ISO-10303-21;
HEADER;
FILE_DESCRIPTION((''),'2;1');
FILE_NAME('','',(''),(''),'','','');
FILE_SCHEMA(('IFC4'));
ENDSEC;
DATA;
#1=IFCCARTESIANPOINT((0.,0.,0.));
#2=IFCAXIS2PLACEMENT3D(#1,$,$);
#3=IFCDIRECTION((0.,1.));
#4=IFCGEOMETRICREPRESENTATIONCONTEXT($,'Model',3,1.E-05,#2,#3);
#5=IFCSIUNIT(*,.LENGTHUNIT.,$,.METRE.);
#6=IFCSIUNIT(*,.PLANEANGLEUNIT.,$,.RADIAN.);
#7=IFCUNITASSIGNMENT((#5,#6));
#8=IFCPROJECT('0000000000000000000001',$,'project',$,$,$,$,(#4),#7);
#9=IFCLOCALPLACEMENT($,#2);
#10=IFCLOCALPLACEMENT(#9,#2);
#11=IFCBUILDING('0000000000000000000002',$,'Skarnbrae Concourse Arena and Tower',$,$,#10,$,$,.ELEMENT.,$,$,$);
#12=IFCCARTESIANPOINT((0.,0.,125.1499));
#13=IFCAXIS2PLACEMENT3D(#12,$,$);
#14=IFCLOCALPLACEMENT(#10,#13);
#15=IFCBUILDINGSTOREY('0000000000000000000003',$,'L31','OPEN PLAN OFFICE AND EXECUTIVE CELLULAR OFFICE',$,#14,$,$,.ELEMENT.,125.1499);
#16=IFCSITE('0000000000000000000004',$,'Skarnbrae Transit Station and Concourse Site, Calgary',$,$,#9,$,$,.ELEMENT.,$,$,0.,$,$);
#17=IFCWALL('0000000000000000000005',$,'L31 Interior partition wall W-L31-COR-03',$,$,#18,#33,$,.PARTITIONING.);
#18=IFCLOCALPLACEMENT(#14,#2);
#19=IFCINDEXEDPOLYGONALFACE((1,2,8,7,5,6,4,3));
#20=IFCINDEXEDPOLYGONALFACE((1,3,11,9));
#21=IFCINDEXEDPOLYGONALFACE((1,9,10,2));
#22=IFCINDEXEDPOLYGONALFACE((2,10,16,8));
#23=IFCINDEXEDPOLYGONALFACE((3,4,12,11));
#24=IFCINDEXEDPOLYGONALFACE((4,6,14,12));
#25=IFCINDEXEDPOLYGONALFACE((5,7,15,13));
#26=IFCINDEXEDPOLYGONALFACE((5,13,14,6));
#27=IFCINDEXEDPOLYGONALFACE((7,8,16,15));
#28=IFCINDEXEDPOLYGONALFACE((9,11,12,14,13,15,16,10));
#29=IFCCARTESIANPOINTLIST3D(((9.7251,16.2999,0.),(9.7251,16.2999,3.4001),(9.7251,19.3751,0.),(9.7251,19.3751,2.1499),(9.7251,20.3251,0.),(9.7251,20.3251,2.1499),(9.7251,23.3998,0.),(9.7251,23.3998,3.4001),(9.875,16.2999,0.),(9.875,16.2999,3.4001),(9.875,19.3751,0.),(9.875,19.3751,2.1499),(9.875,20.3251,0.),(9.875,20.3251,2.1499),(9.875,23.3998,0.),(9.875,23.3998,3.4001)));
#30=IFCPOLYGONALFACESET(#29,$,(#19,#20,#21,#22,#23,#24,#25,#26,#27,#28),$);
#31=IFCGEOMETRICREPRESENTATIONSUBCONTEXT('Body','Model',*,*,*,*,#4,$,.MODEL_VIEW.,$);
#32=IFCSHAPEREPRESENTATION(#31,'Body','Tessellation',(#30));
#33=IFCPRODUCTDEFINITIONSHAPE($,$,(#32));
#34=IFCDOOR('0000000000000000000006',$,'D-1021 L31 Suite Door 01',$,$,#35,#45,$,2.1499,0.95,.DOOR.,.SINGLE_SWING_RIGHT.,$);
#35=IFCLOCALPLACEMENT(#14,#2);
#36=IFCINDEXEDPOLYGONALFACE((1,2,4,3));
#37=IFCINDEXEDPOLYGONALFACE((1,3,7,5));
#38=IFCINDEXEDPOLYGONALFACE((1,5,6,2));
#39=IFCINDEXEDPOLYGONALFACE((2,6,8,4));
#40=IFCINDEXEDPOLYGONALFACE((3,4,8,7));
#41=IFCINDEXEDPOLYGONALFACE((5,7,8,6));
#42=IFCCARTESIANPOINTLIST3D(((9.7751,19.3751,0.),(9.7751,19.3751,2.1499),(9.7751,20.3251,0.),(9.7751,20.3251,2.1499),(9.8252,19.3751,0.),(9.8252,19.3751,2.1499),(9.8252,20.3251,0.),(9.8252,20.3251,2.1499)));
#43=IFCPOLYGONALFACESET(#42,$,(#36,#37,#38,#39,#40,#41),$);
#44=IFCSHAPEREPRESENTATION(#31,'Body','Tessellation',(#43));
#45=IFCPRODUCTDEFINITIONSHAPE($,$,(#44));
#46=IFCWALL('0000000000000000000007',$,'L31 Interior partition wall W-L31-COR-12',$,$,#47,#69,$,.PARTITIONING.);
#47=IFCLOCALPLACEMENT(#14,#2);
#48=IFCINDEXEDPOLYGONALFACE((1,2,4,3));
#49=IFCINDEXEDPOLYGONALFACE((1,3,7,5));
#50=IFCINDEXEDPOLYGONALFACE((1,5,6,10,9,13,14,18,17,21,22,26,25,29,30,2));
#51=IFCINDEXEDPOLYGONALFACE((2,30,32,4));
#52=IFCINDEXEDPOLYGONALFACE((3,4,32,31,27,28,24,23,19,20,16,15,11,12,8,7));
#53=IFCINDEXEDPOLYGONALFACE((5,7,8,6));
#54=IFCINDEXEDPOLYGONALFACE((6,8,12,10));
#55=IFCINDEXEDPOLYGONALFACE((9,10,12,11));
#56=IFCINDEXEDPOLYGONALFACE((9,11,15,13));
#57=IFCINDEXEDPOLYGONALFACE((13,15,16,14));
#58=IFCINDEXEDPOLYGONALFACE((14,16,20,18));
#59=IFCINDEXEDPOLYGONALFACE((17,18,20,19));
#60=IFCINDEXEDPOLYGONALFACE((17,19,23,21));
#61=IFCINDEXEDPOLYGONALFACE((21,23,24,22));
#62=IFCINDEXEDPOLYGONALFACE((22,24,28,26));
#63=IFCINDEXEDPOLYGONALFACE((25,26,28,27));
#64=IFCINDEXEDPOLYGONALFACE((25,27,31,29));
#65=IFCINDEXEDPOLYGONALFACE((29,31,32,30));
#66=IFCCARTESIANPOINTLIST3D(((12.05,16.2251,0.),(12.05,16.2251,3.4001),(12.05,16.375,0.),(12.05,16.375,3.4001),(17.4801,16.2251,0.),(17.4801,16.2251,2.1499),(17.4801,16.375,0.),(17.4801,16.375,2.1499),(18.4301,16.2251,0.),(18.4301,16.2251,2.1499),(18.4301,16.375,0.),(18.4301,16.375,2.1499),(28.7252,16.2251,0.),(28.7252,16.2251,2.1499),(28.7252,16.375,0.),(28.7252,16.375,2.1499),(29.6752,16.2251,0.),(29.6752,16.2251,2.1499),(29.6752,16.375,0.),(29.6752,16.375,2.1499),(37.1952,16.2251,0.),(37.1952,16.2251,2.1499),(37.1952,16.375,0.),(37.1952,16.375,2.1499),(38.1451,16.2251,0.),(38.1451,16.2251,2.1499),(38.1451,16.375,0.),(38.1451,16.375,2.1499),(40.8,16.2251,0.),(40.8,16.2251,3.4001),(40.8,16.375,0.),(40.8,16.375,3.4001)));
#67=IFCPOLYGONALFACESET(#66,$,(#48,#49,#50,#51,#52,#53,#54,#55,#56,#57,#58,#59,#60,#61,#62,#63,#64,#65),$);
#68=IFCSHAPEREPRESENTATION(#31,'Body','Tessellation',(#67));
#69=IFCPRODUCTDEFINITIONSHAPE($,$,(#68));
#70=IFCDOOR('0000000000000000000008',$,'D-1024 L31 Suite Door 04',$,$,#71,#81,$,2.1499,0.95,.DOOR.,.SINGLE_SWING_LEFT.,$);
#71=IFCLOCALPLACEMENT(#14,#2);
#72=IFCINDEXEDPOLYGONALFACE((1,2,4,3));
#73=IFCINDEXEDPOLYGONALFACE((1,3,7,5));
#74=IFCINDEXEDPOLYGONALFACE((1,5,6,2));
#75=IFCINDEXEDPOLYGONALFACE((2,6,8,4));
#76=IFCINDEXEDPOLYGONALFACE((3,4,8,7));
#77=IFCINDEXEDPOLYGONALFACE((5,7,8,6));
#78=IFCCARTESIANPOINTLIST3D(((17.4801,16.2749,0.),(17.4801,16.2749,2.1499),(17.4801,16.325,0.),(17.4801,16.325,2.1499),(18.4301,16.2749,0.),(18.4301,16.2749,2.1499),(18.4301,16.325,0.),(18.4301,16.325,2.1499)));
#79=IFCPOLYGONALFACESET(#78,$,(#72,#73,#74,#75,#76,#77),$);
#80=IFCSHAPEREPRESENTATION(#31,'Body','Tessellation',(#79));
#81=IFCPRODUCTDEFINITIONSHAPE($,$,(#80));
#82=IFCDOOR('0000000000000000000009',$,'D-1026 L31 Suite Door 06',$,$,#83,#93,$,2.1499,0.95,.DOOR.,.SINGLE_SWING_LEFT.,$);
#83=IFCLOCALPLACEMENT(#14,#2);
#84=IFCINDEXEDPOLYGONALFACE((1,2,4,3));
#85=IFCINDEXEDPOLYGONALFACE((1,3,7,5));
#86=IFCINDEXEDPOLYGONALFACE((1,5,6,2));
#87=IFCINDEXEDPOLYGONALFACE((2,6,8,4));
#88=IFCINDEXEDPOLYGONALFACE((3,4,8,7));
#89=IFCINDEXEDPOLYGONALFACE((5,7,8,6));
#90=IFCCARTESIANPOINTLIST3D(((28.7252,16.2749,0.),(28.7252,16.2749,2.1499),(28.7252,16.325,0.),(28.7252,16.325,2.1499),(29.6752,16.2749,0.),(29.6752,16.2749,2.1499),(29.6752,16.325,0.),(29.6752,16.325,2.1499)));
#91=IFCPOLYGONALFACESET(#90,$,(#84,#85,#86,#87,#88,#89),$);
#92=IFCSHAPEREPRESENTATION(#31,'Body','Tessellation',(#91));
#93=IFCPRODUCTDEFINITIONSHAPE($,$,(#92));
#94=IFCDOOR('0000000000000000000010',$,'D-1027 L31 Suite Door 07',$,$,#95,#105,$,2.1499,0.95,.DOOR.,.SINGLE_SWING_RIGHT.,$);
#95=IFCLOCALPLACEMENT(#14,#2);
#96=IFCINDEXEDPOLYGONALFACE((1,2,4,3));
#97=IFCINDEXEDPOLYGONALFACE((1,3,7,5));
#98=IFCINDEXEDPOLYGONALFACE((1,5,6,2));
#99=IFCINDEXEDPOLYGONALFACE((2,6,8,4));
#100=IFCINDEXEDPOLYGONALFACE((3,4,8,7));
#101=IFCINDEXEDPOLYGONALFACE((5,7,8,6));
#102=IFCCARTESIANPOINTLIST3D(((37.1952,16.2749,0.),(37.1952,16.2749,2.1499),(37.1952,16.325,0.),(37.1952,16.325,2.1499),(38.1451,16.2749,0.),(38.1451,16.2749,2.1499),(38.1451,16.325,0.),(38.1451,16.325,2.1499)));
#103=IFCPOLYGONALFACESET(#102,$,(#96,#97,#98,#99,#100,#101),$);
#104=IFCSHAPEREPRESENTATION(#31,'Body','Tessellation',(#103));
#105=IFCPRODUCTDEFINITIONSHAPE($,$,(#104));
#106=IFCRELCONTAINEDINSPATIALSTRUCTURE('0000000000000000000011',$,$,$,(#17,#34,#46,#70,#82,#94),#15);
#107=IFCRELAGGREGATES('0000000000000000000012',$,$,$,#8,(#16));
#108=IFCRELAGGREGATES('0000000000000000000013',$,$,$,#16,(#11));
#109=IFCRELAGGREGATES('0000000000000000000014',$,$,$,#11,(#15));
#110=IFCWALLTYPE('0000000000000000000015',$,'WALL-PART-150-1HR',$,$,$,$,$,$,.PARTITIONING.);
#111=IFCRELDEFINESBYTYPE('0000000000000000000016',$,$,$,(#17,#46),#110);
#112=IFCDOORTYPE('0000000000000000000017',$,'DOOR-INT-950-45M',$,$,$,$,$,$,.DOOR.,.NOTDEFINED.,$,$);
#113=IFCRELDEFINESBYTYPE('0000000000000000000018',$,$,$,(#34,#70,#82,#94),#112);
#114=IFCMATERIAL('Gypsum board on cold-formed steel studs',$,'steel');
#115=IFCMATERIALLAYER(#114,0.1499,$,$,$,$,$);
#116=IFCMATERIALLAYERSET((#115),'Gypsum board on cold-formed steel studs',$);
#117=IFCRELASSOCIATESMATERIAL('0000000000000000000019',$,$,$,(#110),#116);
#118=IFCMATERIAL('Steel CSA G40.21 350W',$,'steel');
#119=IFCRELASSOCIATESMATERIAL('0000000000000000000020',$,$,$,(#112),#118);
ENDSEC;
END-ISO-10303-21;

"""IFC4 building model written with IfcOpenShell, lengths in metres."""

from ifc_helpers import new_model, si_unit, direction, frame, frame_2d, origin, place, context, subcontext, project, spatial, rectangle, extrude, source, transform, mapped, material, layer, layer_set, type_object, element, fill, save


model = new_model("IFC4")

# Units and contexts
model_context = context("Model", 3, precision=1e-05, world=origin(), true_north=direction((0.0, 1.0)))
body_context = subcontext(model_context, "Body", "Model", "MODEL_VIEW")
ifc_project = project(units=[si_unit("LENGTHUNIT", "METRE"), si_unit("PLANEANGLEUNIT", "RADIAN")], contexts=[model_context])

# Site, building, storey
site_placement = place(None, origin())
site = spatial("IfcSite", under=ifc_project, at=site_placement, Name="Skarnbrae Transit Station and Concourse Site, Calgary", CompositionType="ELEMENT", RefElevation=0.0)
building_placement = place(site_placement, origin())
building = spatial("IfcBuilding", under=site, at=building_placement, Name="Skarnbrae Concourse Arena and Tower", CompositionType="ELEMENT")
storey_placement = place(building_placement, frame((0.0, 0.0, 125.1499)))
storey = spatial("IfcBuildingStorey", under=building, at=storey_placement, Name="L31", Description="OPEN PLAN OFFICE AND EXECUTIVE CELLULAR OFFICE", CompositionType="ELEMENT", Elevation=125.1499)

# Shared definitions
ifc_material_1 = material(Name="Steel CSA G40.21 350W", Category="steel")

# Shared definitions
ifc_material_2 = material(Name="Gypsum board on cold-formed steel studs", Category="steel")

# Wall, opening, door
ifc_layer_1 = layer(ifc_material_2, 0.1499)
ifc_layer_set_1 = layer_set([ifc_layer_1], Name="Gypsum board on cold-formed steel studs")
wall_type_1 = type_object("IfcWallType", Name="WALL-PART-150-1HR", PredefinedType="PARTITIONING", material=ifc_layer_set_1)
shared_shape_1 = source(origin(), body_context, "Body", "SweptSolid", [
    extrude(rectangle(XDim=7.0999, YDim=0.1499, at=frame_2d((3.5498, 0.0))), origin(), (0.0, 0.0, 1.0), 3.4001),
])
wall_1_placement = place(storey_placement, frame((9.8, 16.3, 0.0), z_axis=(0.0, 0.0, 1.0), x_axis=(0.0, 1.0, 0.0)))
wall_1 = element("IfcWall", 1, at=wall_1_placement, inside=storey, type_object=wall_type_1, Name="L31 Interior partition wall W-L31-COR-03", PredefinedType="PARTITIONING", context=body_context, shape_type="MappedRepresentation", body=[
    mapped(shared_shape_1, transform((0.0, 0.0, 0.0))),
])
opening_1_placement = place(wall_1_placement, frame((3.075, 0.0, 0.0)))
opening_1 = element("IfcOpeningElement", 2, at=opening_1_placement, cuts=wall_1, PredefinedType="OPENING", context=body_context, shape_type="SweptSolid", body=[
    extrude(rectangle(XDim=0.95, YDim=2.1499, at=frame_2d((0.4751, 1.075))), frame((0.0, 0.085, 0.0), z_axis=(0.0, -1.0, 0.0), x_axis=(1.0, 0.0, 0.0)), (0.0, 0.0, 1.0), 0.1699),
])
door_type_1 = type_object("IfcDoorType", Name="DOOR-INT-950-45M", OperationType="NOTDEFINED", PredefinedType="DOOR", material=ifc_material_1)
shared_shape_2 = source(origin(), body_context, "Body", "SweptSolid", [
    extrude(rectangle(XDim=0.95, YDim=2.1499, at=frame_2d((0.4751, 1.075))), frame((0.0, 0.0249, 0.0), z_axis=(0.0, -1.0, 0.0), x_axis=(1.0, 0.0, 0.0)), (0.0, 0.0, 1.0), 0.05),
])
door_1_placement = place(opening_1_placement, origin())
door_1 = element("IfcDoor", 3, at=door_1_placement, inside=storey, type_object=door_type_1, Name="D-1021 L31 Suite Door 01", OperationType="SINGLE_SWING_RIGHT", OverallHeight=2.1499, OverallWidth=0.95, PredefinedType="DOOR", context=body_context, shape_type="MappedRepresentation", body=[
    mapped(shared_shape_2, transform((0.0, 0.0, 0.0))),
])
fill(opening_1, door_1)

# Wall, openings, doors
shared_shape_3 = source(origin(), body_context, "Body", "SweptSolid", [
    extrude(rectangle(XDim=28.75, YDim=0.1499, at=frame_2d((14.375, 0.0))), origin(), (0.0, 0.0, 1.0), 3.4001),
])
wall_2_placement = place(storey_placement, frame((12.05, 16.3, 0.0), z_axis=(0.0, 0.0, 1.0), x_axis=(1.0, 0.0, 0.0)))
wall_2 = element("IfcWall", 4, at=wall_2_placement, inside=storey, type_object=wall_type_1, Name="L31 Interior partition wall W-L31-COR-12", PredefinedType="PARTITIONING", context=body_context, shape_type="MappedRepresentation", body=[
    mapped(shared_shape_3, transform((0.0, 0.0, 0.0))),
])
opening_2_placement = place(wall_2_placement, frame((5.4299, 0.0, 0.0)))
opening_2 = element("IfcOpeningElement", 5, at=opening_2_placement, cuts=wall_2, PredefinedType="OPENING", context=body_context, shape_type="SweptSolid", body=[
    extrude(rectangle(XDim=0.95, YDim=2.1499, at=frame_2d((0.4751, 1.075))), frame((0.0, 0.085, 0.0), z_axis=(0.0, -1.0, 0.0), x_axis=(1.0, 0.0, 0.0)), (0.0, 0.0, 1.0), 0.1699),
])
opening_3_placement = place(wall_2_placement, frame((16.675, 0.0, 0.0)))
opening_3 = element("IfcOpeningElement", 6, at=opening_3_placement, cuts=wall_2, PredefinedType="OPENING", context=body_context, shape_type="SweptSolid", body=[
    extrude(rectangle(XDim=0.95, YDim=2.1499, at=frame_2d((0.4751, 1.075))), frame((0.0, 0.085, 0.0), z_axis=(0.0, -1.0, 0.0), x_axis=(1.0, 0.0, 0.0)), (0.0, 0.0, 1.0), 0.1699),
])
opening_4_placement = place(wall_2_placement, frame((25.145, 0.0, 0.0)))
opening_4 = element("IfcOpeningElement", 7, at=opening_4_placement, cuts=wall_2, PredefinedType="OPENING", context=body_context, shape_type="SweptSolid", body=[
    extrude(rectangle(XDim=0.95, YDim=2.1499, at=frame_2d((0.4751, 1.075))), frame((0.0, 0.085, 0.0), z_axis=(0.0, -1.0, 0.0), x_axis=(1.0, 0.0, 0.0)), (0.0, 0.0, 1.0), 0.1699),
])
door_2_placement = place(opening_2_placement, origin())
door_2 = element("IfcDoor", 8, at=door_2_placement, inside=storey, type_object=door_type_1, Name="D-1024 L31 Suite Door 04", OperationType="SINGLE_SWING_LEFT", OverallHeight=2.1499, OverallWidth=0.95, PredefinedType="DOOR", context=body_context, shape_type="MappedRepresentation", body=[
    mapped(shared_shape_2, transform((0.0, 0.0, 0.0))),
])
fill(opening_2, door_2)
door_3_placement = place(opening_3_placement, origin())
door_3 = element("IfcDoor", 9, at=door_3_placement, inside=storey, type_object=door_type_1, Name="D-1026 L31 Suite Door 06", OperationType="SINGLE_SWING_LEFT", OverallHeight=2.1499, OverallWidth=0.95, PredefinedType="DOOR", context=body_context, shape_type="MappedRepresentation", body=[
    mapped(shared_shape_2, transform((0.0, 0.0, 0.0))),
])
fill(opening_3, door_3)
door_4_placement = place(opening_4_placement, origin())
door_4 = element("IfcDoor", 10, at=door_4_placement, inside=storey, type_object=door_type_1, Name="D-1027 L31 Suite Door 07", OperationType="SINGLE_SWING_RIGHT", OverallHeight=2.1499, OverallWidth=0.95, PredefinedType="DOOR", context=body_context, shape_type="MappedRepresentation", body=[
    mapped(shared_shape_2, transform((0.0, 0.0, 0.0))),
])
fill(opening_4, door_4)

save(model, "model.ifc")
